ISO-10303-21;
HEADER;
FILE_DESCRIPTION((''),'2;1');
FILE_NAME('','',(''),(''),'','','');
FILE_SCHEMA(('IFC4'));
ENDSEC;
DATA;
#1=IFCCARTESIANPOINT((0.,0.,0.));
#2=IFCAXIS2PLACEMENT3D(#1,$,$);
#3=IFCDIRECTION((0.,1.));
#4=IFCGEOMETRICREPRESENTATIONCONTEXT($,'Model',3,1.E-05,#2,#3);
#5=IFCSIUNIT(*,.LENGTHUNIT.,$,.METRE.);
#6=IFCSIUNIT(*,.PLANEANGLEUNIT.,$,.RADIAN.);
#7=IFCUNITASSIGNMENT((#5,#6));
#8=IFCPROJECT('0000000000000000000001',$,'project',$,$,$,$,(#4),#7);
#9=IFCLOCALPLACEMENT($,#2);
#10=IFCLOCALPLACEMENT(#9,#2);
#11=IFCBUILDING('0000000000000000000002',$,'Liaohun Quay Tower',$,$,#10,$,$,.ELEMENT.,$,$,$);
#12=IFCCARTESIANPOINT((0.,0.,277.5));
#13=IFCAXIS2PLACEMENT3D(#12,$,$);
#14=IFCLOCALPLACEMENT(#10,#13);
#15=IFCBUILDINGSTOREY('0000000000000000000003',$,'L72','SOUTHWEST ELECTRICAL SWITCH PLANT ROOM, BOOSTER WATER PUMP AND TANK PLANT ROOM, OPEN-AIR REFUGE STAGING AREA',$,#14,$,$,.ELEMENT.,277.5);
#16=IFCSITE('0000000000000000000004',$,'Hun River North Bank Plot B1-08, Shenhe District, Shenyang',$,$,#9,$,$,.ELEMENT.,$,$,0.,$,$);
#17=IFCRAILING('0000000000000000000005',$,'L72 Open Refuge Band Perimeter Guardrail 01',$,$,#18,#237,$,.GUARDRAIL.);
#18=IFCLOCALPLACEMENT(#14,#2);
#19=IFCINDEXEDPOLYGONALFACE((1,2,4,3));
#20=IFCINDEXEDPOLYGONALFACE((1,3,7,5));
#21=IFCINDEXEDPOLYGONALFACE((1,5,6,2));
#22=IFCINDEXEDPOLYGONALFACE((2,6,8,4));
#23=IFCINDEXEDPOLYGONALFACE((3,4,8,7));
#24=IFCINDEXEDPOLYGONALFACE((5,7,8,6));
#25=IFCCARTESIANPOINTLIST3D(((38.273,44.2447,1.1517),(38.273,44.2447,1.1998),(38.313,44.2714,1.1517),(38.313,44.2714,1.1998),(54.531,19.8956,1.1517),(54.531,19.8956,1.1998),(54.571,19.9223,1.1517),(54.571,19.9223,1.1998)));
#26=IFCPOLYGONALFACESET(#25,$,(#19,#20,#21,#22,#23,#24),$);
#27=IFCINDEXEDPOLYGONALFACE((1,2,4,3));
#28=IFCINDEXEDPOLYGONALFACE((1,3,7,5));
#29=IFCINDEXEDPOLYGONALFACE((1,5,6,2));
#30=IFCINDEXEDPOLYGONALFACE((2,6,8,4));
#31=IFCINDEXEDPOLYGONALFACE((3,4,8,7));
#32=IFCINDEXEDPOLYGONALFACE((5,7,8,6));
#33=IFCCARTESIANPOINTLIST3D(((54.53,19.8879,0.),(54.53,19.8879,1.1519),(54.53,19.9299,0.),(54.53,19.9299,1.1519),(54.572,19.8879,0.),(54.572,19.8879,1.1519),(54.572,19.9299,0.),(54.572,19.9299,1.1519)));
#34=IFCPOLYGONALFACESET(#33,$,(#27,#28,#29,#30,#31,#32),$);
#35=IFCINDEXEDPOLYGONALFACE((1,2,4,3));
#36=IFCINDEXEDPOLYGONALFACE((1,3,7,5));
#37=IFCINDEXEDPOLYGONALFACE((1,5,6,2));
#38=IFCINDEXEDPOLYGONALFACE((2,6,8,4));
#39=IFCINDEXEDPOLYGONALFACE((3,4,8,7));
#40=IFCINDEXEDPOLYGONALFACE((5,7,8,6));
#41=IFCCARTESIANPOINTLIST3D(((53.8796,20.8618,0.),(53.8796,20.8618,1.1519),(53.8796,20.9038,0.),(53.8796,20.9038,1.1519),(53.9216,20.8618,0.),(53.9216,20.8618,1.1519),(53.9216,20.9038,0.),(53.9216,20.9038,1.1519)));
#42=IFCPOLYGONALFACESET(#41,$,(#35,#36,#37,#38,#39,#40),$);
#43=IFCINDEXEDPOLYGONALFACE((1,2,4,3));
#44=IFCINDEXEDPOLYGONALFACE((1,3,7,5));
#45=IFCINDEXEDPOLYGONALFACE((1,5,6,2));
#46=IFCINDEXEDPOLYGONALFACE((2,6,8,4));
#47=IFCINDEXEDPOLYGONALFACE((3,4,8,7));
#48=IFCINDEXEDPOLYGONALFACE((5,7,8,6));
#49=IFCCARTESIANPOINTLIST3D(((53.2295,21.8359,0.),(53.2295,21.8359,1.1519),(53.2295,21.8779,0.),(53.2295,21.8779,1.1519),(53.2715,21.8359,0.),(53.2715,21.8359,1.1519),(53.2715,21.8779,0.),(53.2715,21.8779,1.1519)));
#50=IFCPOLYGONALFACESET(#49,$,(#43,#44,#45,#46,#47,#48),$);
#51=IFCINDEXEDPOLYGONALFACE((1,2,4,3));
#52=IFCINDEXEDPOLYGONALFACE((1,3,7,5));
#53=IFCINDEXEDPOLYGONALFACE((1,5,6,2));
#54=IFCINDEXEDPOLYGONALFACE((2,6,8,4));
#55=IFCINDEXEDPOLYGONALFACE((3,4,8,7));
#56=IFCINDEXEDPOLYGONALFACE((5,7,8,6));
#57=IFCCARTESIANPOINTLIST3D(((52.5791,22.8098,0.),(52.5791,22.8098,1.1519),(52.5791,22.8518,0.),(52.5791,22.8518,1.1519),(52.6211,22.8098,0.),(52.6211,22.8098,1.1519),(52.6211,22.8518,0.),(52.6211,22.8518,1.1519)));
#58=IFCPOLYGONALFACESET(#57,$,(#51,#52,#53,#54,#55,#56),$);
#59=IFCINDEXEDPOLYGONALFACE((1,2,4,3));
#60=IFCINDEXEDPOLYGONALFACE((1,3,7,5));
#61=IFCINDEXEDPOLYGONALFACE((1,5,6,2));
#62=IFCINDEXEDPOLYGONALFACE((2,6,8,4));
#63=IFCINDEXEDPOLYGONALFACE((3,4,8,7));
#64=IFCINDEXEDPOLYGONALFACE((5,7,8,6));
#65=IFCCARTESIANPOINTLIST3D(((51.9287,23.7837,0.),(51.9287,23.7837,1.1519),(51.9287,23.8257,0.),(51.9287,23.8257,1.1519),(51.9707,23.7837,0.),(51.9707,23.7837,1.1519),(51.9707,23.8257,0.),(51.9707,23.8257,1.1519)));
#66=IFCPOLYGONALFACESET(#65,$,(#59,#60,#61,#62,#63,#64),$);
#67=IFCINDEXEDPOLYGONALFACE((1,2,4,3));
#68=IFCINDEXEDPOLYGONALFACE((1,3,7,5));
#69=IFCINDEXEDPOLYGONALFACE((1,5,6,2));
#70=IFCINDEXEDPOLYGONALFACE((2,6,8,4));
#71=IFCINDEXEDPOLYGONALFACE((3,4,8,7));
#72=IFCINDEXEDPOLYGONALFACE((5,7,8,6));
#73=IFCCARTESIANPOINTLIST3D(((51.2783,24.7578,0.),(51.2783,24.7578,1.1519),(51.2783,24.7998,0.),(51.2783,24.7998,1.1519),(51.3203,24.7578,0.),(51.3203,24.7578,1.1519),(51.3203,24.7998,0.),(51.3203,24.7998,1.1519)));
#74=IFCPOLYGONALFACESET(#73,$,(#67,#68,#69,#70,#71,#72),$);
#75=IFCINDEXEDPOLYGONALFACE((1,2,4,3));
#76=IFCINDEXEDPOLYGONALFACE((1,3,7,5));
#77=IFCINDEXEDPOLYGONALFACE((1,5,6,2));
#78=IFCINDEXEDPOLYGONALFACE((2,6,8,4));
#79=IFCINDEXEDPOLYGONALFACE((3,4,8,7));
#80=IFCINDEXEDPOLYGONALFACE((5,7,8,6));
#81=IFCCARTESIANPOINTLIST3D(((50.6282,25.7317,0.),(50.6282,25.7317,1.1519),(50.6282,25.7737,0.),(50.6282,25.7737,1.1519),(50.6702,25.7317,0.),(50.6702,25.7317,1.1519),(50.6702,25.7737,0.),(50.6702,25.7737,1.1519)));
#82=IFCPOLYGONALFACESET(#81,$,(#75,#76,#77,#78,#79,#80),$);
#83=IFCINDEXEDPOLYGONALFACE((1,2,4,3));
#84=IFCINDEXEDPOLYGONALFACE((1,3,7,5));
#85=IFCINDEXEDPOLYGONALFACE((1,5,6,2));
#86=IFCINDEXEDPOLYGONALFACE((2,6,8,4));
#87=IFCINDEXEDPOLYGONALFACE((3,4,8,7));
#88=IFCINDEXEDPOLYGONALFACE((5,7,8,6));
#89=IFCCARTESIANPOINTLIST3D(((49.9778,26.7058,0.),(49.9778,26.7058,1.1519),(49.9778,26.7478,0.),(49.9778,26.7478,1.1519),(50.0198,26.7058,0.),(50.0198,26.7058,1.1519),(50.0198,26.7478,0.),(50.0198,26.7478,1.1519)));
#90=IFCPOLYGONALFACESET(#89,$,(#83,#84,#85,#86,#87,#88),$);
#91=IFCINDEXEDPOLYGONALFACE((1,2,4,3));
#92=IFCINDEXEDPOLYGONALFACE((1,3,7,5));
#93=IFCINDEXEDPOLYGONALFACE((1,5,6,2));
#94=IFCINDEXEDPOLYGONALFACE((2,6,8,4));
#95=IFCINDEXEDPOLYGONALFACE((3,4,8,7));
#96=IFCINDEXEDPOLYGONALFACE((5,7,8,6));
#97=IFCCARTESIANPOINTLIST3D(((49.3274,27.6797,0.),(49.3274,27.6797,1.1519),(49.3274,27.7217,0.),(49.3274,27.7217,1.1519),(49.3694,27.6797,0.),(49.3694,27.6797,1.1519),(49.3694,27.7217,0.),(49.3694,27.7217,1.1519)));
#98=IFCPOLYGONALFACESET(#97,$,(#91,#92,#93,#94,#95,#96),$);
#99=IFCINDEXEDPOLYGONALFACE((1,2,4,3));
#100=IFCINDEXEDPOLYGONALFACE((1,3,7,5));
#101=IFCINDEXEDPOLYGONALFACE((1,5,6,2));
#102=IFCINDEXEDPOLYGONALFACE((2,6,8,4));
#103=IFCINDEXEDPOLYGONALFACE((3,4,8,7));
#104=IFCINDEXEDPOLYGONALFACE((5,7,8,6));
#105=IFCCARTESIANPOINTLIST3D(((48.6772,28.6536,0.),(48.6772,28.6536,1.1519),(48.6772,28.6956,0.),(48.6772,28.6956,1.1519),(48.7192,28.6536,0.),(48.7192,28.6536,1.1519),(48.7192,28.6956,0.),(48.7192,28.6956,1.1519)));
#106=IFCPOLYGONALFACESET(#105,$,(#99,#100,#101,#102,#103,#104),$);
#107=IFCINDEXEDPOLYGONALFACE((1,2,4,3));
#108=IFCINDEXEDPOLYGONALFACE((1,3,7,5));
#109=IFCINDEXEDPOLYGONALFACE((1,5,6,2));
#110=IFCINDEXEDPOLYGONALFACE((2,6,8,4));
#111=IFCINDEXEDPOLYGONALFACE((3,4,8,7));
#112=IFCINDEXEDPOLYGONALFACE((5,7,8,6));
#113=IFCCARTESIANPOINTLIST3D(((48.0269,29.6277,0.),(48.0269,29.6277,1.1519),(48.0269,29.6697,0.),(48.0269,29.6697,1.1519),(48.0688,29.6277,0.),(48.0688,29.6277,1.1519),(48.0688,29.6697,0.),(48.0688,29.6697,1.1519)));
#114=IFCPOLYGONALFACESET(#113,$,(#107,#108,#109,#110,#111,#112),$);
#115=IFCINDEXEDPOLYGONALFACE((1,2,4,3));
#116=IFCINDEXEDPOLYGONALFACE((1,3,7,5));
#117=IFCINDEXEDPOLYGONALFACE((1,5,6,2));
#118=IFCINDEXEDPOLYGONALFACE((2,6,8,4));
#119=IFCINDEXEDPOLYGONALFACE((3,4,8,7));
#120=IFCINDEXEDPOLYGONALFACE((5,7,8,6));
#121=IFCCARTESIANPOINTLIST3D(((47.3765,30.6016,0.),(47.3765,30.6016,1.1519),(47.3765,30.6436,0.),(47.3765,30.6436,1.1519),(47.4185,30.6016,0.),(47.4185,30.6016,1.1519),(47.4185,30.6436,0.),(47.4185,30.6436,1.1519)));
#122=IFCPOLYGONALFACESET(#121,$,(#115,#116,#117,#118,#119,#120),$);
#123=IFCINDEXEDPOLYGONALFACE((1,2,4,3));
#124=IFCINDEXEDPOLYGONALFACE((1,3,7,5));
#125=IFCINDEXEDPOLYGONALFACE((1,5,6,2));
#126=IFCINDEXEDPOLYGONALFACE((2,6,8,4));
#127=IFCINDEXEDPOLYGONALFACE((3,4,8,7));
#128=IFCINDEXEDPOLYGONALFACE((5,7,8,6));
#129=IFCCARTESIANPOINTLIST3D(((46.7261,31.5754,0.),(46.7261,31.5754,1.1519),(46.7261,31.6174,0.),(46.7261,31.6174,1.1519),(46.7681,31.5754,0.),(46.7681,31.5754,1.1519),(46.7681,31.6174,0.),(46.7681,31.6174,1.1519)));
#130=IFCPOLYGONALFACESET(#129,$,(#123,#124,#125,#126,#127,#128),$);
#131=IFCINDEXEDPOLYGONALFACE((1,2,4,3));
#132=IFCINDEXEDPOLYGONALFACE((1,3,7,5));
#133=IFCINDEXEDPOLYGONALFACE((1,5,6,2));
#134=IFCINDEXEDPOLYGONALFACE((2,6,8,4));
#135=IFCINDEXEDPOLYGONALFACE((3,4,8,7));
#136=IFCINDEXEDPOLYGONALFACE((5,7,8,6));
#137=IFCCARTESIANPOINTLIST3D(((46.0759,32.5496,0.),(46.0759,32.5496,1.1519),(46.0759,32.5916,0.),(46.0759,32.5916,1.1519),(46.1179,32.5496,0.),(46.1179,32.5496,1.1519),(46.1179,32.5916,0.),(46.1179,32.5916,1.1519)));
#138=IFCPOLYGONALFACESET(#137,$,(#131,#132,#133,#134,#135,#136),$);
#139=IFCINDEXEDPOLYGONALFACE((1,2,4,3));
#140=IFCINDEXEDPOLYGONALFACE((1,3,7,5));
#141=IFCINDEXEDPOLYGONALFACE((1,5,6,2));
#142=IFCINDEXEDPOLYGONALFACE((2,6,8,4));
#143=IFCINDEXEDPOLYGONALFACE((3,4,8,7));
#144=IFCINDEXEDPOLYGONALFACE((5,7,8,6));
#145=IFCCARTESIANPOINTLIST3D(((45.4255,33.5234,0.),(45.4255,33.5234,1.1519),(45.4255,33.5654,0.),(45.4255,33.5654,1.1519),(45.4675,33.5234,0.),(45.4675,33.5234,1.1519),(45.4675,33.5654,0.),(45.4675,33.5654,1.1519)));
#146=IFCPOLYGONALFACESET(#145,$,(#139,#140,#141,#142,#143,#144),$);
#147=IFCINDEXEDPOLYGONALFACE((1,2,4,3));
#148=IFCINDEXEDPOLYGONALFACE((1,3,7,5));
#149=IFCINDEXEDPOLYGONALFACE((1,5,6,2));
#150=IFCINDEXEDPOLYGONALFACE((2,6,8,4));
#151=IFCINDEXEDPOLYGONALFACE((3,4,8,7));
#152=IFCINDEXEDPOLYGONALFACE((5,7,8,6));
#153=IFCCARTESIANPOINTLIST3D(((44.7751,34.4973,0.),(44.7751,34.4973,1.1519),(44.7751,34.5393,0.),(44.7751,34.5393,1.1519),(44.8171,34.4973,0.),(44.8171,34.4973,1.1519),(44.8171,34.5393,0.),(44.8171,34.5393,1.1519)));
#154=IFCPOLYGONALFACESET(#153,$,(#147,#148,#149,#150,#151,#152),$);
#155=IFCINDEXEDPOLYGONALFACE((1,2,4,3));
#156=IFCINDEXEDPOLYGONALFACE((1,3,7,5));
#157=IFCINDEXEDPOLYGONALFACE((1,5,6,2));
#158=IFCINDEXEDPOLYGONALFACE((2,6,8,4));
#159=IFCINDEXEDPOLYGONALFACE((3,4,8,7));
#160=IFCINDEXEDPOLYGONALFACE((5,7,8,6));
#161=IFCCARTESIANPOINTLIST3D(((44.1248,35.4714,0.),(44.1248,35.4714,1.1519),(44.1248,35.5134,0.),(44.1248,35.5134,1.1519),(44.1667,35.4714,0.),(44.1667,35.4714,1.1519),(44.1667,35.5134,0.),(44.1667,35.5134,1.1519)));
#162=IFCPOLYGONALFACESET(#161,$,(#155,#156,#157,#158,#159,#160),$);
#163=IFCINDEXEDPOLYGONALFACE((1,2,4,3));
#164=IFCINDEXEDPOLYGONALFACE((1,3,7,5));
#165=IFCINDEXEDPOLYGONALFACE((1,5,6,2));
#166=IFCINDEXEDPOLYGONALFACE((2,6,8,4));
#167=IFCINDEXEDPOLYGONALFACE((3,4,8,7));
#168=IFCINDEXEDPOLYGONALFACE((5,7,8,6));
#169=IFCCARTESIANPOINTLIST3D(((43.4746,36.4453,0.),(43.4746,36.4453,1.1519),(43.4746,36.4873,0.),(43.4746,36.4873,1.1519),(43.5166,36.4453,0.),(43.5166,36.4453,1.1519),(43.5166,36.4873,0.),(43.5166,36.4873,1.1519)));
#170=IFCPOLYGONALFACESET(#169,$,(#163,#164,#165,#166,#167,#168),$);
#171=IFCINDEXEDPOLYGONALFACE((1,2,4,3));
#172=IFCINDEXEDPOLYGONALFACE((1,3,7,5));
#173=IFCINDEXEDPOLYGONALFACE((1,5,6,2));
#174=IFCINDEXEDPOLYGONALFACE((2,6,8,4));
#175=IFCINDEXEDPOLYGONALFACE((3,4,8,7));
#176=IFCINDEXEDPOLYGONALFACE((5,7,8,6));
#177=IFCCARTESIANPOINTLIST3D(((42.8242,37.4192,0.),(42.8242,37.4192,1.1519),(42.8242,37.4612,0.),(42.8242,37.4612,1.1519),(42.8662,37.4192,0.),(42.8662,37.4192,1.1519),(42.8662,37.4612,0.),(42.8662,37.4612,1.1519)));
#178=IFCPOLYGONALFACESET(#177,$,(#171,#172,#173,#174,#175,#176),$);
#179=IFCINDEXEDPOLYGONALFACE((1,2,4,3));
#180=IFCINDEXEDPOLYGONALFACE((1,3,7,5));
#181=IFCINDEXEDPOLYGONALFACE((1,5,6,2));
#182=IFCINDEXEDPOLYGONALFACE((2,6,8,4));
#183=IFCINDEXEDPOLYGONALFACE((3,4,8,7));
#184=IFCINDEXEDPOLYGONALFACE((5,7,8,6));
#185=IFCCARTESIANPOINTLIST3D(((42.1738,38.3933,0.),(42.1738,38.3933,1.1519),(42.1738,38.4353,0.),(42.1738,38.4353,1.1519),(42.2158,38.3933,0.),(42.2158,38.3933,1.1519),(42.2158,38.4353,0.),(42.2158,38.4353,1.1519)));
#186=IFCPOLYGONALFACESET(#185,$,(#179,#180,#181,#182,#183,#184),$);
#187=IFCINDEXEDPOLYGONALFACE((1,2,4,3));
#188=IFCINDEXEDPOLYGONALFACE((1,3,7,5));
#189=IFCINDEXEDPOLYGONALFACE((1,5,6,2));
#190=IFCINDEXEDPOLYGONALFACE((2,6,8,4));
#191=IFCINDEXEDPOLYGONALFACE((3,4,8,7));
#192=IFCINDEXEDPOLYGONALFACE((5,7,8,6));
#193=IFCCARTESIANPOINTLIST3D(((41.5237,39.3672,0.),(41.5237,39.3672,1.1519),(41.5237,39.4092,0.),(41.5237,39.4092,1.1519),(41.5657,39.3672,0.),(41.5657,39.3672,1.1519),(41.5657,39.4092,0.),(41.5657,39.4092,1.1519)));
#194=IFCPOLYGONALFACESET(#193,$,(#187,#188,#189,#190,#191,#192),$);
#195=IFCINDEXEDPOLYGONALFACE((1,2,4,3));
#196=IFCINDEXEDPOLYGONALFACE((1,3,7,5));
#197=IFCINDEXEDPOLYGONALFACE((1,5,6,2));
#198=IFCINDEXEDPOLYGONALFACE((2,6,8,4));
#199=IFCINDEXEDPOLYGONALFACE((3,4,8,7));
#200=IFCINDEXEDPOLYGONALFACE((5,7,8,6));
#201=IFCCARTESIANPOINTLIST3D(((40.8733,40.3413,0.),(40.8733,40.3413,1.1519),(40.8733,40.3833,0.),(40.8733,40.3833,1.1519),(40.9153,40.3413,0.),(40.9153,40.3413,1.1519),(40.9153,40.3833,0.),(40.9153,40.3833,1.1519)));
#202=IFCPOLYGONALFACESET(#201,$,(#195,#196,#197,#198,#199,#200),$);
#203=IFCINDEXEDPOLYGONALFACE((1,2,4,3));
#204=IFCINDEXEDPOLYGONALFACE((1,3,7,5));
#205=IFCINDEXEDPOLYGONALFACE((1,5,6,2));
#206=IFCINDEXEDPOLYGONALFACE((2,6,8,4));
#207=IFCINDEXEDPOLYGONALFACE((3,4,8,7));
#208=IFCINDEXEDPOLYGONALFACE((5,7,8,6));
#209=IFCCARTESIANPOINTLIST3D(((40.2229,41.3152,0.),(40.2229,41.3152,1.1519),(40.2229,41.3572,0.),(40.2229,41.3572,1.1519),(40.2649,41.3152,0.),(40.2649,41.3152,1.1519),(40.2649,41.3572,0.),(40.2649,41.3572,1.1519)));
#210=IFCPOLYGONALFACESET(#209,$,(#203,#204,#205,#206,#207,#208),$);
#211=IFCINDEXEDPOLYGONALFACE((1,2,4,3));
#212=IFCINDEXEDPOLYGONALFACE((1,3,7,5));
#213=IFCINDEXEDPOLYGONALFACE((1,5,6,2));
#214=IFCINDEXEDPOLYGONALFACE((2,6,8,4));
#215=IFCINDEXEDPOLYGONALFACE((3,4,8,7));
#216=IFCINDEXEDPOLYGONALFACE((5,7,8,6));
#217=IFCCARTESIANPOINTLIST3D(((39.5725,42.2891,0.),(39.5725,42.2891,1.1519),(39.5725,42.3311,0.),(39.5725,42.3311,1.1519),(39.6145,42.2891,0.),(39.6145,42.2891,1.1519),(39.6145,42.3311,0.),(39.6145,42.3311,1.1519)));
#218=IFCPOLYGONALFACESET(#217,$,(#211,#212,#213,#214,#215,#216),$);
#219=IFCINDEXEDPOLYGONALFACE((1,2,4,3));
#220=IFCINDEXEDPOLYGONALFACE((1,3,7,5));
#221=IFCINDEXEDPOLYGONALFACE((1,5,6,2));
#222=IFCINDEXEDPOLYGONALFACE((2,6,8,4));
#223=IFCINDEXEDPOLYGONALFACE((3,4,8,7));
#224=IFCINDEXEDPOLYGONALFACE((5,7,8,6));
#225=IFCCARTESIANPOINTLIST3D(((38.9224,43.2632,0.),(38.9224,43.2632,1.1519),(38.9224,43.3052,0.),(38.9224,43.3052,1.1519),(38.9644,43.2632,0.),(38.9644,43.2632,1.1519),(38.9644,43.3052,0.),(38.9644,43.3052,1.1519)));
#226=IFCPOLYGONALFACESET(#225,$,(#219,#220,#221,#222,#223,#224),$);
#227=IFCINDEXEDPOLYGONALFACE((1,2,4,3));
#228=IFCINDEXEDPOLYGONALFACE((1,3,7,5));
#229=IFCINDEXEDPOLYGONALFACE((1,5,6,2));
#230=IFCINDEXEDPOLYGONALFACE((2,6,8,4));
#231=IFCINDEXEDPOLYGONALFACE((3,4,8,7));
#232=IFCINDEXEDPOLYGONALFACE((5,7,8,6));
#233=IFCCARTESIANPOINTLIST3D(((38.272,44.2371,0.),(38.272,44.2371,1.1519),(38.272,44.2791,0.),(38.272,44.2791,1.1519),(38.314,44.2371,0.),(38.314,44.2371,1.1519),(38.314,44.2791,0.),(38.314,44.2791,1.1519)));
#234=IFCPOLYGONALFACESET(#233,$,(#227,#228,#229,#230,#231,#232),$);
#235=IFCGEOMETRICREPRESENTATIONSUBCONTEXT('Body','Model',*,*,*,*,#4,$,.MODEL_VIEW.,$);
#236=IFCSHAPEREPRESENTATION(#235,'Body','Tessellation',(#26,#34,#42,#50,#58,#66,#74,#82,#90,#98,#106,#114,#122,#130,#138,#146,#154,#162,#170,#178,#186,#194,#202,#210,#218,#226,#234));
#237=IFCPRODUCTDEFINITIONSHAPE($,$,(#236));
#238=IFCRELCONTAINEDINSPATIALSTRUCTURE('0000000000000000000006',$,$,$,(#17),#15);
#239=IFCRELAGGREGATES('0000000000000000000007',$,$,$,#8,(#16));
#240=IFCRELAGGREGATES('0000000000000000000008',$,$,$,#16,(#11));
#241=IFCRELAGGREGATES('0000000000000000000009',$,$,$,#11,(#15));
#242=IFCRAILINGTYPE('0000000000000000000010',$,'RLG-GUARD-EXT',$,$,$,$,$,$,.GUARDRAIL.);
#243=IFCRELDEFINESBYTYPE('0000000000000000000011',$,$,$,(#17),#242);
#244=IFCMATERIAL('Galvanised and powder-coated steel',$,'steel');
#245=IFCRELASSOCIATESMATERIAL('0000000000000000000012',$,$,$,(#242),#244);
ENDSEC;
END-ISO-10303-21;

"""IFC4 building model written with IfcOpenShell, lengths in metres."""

from ifc_helpers import new_model, si_unit, direction, frame, origin, origin_2d, place, context, subcontext, project, spatial, rectangle, extrude, material, type_object, element, save


model = new_model("IFC4")

# Units and contexts
model_context = context("Model", 3, precision=1e-05, world=origin(), true_north=direction((0.0, 1.0)))
body_context = subcontext(model_context, "Body", "Model", "MODEL_VIEW")
ifc_project = project(units=[si_unit("LENGTHUNIT", "METRE"), si_unit("PLANEANGLEUNIT", "RADIAN")], contexts=[model_context])

# Site, building, storey
site_placement = place(None, origin())
site = spatial("IfcSite", under=ifc_project, at=site_placement, Name="Hun River North Bank Plot B1-08, Shenhe District, Shenyang", CompositionType="ELEMENT", RefElevation=0.0)
building_placement = place(site_placement, origin())
building = spatial("IfcBuilding", under=site, at=building_placement, Name="Liaohun Quay Tower", CompositionType="ELEMENT")
storey_placement = place(building_placement, frame((0.0, 0.0, 277.5)))
storey = spatial("IfcBuildingStorey", under=building, at=storey_placement, Name="L72", Description="SOUTHWEST ELECTRICAL SWITCH PLANT ROOM, BOOSTER WATER PUMP AND TANK PLANT ROOM, OPEN-AIR REFUGE STAGING AREA", CompositionType="ELEMENT", Elevation=277.5)

# Railing
ifc_material_1 = material(Name="Galvanised and powder-coated steel", Category="steel")
railing_type = type_object("IfcRailingType", Name="RLG-GUARD-EXT", PredefinedType="GUARDRAIL", material=ifc_material_1)
railing_placement = place(storey_placement, frame((54.551, 19.9089, 0.0)))
element("IfcRailing", 1, at=railing_placement, inside=storey, type_object=railing_type, Name="L72 Open Refuge Band Perimeter Guardrail 01", PredefinedType="GUARDRAIL", context=body_context, shape_type="SweptSolid", body=[
    extrude(rectangle(XDim=0.0481, YDim=0.0481, at=origin_2d()), frame((0.0, 0.0, 1.1758), z_axis=(-0.555299, 0.831651, 0.0), x_axis=(-0.831651, -0.555299, 0.0)), (0.0, 0.0, 1.0), 29.2781),
    extrude(rectangle(XDim=0.042, YDim=0.042, at=origin_2d()), origin(), (0.0, 0.0, 1.0), 1.1519),
    extrude(rectangle(XDim=0.042, YDim=0.042, at=origin_2d()), frame((-0.6504, 0.9739, 0.0)), (0.0, 0.0, 1.0), 1.1519),
    extrude(rectangle(XDim=0.042, YDim=0.042, at=origin_2d()), frame((-1.3005, 1.948, 0.0)), (0.0, 0.0, 1.0), 1.1519),
    extrude(rectangle(XDim=0.042, YDim=0.042, at=origin_2d()), frame((-1.9509, 2.9219, 0.0)), (0.0, 0.0, 1.0), 1.1519),
    extrude(rectangle(XDim=0.042, YDim=0.042, at=origin_2d()), frame((-2.6013, 3.8958, 0.0)), (0.0, 0.0, 1.0), 1.1519),
    extrude(rectangle(XDim=0.042, YDim=0.042, at=origin_2d()), frame((-3.2517, 4.8699, 0.0)), (0.0, 0.0, 1.0), 1.1519),
    extrude(rectangle(XDim=0.042, YDim=0.042, at=origin_2d()), frame((-3.9019, 5.8438, 0.0)), (0.0, 0.0, 1.0), 1.1519),
    extrude(rectangle(XDim=0.042, YDim=0.042, at=origin_2d()), frame((-4.5522, 6.8179, 0.0)), (0.0, 0.0, 1.0), 1.1519),
    extrude(rectangle(XDim=0.042, YDim=0.042, at=origin_2d()), frame((-5.2026, 7.7917, 0.0)), (0.0, 0.0, 1.0), 1.1519),
    extrude(rectangle(XDim=0.042, YDim=0.042, at=origin_2d()), frame((-5.8528, 8.7656, 0.0)), (0.0, 0.0, 1.0), 1.1519),
    extrude(rectangle(XDim=0.042, YDim=0.042, at=origin_2d()), frame((-6.5032, 9.7397, 0.0)), (0.0, 0.0, 1.0), 1.1519),
    extrude(rectangle(XDim=0.042, YDim=0.042, at=origin_2d()), frame((-7.1536, 10.7136, 0.0)), (0.0, 0.0, 1.0), 1.1519),
    extrude(rectangle(XDim=0.042, YDim=0.042, at=origin_2d()), frame((-7.804, 11.6875, 0.0)), (0.0, 0.0, 1.0), 1.1519),
    extrude(rectangle(XDim=0.042, YDim=0.042, at=origin_2d()), frame((-8.4541, 12.6616, 0.0)), (0.0, 0.0, 1.0), 1.1519),
    extrude(rectangle(XDim=0.042, YDim=0.042, at=origin_2d()), frame((-9.1045, 13.6355, 0.0)), (0.0, 0.0, 1.0), 1.1519),
    extrude(rectangle(XDim=0.042, YDim=0.042, at=origin_2d()), frame((-9.7549, 14.6094, 0.0)), (0.0, 0.0, 1.0), 1.1519),
    extrude(rectangle(XDim=0.042, YDim=0.042, at=origin_2d()), frame((-10.4053, 15.5835, 0.0)), (0.0, 0.0, 1.0), 1.1519),
    extrude(rectangle(XDim=0.042, YDim=0.042, at=origin_2d()), frame((-11.0554, 16.5574, 0.0)), (0.0, 0.0, 1.0), 1.1519),
    extrude(rectangle(XDim=0.042, YDim=0.042, at=origin_2d()), frame((-11.7058, 17.5312, 0.0)), (0.0, 0.0, 1.0), 1.1519),
    extrude(rectangle(XDim=0.042, YDim=0.042, at=origin_2d()), frame((-12.3562, 18.5054, 0.0)), (0.0, 0.0, 1.0), 1.1519),
    extrude(rectangle(XDim=0.042, YDim=0.042, at=origin_2d()), frame((-13.0063, 19.4792, 0.0)), (0.0, 0.0, 1.0), 1.1519),
    extrude(rectangle(XDim=0.042, YDim=0.042, at=origin_2d()), frame((-13.6567, 20.4534, 0.0)), (0.0, 0.0, 1.0), 1.1519),
    extrude(rectangle(XDim=0.042, YDim=0.042, at=origin_2d()), frame((-14.3071, 21.4272, 0.0)), (0.0, 0.0, 1.0), 1.1519),
    extrude(rectangle(XDim=0.042, YDim=0.042, at=origin_2d()), frame((-14.9575, 22.4011, 0.0)), (0.0, 0.0, 1.0), 1.1519),
    extrude(rectangle(XDim=0.042, YDim=0.042, at=origin_2d()), frame((-15.6077, 23.3752, 0.0)), (0.0, 0.0, 1.0), 1.1519),
    extrude(rectangle(XDim=0.042, YDim=0.042, at=origin_2d()), frame((-16.2581, 24.3491, 0.0)), (0.0, 0.0, 1.0), 1.1519),
])

save(model, "model.ifc")
